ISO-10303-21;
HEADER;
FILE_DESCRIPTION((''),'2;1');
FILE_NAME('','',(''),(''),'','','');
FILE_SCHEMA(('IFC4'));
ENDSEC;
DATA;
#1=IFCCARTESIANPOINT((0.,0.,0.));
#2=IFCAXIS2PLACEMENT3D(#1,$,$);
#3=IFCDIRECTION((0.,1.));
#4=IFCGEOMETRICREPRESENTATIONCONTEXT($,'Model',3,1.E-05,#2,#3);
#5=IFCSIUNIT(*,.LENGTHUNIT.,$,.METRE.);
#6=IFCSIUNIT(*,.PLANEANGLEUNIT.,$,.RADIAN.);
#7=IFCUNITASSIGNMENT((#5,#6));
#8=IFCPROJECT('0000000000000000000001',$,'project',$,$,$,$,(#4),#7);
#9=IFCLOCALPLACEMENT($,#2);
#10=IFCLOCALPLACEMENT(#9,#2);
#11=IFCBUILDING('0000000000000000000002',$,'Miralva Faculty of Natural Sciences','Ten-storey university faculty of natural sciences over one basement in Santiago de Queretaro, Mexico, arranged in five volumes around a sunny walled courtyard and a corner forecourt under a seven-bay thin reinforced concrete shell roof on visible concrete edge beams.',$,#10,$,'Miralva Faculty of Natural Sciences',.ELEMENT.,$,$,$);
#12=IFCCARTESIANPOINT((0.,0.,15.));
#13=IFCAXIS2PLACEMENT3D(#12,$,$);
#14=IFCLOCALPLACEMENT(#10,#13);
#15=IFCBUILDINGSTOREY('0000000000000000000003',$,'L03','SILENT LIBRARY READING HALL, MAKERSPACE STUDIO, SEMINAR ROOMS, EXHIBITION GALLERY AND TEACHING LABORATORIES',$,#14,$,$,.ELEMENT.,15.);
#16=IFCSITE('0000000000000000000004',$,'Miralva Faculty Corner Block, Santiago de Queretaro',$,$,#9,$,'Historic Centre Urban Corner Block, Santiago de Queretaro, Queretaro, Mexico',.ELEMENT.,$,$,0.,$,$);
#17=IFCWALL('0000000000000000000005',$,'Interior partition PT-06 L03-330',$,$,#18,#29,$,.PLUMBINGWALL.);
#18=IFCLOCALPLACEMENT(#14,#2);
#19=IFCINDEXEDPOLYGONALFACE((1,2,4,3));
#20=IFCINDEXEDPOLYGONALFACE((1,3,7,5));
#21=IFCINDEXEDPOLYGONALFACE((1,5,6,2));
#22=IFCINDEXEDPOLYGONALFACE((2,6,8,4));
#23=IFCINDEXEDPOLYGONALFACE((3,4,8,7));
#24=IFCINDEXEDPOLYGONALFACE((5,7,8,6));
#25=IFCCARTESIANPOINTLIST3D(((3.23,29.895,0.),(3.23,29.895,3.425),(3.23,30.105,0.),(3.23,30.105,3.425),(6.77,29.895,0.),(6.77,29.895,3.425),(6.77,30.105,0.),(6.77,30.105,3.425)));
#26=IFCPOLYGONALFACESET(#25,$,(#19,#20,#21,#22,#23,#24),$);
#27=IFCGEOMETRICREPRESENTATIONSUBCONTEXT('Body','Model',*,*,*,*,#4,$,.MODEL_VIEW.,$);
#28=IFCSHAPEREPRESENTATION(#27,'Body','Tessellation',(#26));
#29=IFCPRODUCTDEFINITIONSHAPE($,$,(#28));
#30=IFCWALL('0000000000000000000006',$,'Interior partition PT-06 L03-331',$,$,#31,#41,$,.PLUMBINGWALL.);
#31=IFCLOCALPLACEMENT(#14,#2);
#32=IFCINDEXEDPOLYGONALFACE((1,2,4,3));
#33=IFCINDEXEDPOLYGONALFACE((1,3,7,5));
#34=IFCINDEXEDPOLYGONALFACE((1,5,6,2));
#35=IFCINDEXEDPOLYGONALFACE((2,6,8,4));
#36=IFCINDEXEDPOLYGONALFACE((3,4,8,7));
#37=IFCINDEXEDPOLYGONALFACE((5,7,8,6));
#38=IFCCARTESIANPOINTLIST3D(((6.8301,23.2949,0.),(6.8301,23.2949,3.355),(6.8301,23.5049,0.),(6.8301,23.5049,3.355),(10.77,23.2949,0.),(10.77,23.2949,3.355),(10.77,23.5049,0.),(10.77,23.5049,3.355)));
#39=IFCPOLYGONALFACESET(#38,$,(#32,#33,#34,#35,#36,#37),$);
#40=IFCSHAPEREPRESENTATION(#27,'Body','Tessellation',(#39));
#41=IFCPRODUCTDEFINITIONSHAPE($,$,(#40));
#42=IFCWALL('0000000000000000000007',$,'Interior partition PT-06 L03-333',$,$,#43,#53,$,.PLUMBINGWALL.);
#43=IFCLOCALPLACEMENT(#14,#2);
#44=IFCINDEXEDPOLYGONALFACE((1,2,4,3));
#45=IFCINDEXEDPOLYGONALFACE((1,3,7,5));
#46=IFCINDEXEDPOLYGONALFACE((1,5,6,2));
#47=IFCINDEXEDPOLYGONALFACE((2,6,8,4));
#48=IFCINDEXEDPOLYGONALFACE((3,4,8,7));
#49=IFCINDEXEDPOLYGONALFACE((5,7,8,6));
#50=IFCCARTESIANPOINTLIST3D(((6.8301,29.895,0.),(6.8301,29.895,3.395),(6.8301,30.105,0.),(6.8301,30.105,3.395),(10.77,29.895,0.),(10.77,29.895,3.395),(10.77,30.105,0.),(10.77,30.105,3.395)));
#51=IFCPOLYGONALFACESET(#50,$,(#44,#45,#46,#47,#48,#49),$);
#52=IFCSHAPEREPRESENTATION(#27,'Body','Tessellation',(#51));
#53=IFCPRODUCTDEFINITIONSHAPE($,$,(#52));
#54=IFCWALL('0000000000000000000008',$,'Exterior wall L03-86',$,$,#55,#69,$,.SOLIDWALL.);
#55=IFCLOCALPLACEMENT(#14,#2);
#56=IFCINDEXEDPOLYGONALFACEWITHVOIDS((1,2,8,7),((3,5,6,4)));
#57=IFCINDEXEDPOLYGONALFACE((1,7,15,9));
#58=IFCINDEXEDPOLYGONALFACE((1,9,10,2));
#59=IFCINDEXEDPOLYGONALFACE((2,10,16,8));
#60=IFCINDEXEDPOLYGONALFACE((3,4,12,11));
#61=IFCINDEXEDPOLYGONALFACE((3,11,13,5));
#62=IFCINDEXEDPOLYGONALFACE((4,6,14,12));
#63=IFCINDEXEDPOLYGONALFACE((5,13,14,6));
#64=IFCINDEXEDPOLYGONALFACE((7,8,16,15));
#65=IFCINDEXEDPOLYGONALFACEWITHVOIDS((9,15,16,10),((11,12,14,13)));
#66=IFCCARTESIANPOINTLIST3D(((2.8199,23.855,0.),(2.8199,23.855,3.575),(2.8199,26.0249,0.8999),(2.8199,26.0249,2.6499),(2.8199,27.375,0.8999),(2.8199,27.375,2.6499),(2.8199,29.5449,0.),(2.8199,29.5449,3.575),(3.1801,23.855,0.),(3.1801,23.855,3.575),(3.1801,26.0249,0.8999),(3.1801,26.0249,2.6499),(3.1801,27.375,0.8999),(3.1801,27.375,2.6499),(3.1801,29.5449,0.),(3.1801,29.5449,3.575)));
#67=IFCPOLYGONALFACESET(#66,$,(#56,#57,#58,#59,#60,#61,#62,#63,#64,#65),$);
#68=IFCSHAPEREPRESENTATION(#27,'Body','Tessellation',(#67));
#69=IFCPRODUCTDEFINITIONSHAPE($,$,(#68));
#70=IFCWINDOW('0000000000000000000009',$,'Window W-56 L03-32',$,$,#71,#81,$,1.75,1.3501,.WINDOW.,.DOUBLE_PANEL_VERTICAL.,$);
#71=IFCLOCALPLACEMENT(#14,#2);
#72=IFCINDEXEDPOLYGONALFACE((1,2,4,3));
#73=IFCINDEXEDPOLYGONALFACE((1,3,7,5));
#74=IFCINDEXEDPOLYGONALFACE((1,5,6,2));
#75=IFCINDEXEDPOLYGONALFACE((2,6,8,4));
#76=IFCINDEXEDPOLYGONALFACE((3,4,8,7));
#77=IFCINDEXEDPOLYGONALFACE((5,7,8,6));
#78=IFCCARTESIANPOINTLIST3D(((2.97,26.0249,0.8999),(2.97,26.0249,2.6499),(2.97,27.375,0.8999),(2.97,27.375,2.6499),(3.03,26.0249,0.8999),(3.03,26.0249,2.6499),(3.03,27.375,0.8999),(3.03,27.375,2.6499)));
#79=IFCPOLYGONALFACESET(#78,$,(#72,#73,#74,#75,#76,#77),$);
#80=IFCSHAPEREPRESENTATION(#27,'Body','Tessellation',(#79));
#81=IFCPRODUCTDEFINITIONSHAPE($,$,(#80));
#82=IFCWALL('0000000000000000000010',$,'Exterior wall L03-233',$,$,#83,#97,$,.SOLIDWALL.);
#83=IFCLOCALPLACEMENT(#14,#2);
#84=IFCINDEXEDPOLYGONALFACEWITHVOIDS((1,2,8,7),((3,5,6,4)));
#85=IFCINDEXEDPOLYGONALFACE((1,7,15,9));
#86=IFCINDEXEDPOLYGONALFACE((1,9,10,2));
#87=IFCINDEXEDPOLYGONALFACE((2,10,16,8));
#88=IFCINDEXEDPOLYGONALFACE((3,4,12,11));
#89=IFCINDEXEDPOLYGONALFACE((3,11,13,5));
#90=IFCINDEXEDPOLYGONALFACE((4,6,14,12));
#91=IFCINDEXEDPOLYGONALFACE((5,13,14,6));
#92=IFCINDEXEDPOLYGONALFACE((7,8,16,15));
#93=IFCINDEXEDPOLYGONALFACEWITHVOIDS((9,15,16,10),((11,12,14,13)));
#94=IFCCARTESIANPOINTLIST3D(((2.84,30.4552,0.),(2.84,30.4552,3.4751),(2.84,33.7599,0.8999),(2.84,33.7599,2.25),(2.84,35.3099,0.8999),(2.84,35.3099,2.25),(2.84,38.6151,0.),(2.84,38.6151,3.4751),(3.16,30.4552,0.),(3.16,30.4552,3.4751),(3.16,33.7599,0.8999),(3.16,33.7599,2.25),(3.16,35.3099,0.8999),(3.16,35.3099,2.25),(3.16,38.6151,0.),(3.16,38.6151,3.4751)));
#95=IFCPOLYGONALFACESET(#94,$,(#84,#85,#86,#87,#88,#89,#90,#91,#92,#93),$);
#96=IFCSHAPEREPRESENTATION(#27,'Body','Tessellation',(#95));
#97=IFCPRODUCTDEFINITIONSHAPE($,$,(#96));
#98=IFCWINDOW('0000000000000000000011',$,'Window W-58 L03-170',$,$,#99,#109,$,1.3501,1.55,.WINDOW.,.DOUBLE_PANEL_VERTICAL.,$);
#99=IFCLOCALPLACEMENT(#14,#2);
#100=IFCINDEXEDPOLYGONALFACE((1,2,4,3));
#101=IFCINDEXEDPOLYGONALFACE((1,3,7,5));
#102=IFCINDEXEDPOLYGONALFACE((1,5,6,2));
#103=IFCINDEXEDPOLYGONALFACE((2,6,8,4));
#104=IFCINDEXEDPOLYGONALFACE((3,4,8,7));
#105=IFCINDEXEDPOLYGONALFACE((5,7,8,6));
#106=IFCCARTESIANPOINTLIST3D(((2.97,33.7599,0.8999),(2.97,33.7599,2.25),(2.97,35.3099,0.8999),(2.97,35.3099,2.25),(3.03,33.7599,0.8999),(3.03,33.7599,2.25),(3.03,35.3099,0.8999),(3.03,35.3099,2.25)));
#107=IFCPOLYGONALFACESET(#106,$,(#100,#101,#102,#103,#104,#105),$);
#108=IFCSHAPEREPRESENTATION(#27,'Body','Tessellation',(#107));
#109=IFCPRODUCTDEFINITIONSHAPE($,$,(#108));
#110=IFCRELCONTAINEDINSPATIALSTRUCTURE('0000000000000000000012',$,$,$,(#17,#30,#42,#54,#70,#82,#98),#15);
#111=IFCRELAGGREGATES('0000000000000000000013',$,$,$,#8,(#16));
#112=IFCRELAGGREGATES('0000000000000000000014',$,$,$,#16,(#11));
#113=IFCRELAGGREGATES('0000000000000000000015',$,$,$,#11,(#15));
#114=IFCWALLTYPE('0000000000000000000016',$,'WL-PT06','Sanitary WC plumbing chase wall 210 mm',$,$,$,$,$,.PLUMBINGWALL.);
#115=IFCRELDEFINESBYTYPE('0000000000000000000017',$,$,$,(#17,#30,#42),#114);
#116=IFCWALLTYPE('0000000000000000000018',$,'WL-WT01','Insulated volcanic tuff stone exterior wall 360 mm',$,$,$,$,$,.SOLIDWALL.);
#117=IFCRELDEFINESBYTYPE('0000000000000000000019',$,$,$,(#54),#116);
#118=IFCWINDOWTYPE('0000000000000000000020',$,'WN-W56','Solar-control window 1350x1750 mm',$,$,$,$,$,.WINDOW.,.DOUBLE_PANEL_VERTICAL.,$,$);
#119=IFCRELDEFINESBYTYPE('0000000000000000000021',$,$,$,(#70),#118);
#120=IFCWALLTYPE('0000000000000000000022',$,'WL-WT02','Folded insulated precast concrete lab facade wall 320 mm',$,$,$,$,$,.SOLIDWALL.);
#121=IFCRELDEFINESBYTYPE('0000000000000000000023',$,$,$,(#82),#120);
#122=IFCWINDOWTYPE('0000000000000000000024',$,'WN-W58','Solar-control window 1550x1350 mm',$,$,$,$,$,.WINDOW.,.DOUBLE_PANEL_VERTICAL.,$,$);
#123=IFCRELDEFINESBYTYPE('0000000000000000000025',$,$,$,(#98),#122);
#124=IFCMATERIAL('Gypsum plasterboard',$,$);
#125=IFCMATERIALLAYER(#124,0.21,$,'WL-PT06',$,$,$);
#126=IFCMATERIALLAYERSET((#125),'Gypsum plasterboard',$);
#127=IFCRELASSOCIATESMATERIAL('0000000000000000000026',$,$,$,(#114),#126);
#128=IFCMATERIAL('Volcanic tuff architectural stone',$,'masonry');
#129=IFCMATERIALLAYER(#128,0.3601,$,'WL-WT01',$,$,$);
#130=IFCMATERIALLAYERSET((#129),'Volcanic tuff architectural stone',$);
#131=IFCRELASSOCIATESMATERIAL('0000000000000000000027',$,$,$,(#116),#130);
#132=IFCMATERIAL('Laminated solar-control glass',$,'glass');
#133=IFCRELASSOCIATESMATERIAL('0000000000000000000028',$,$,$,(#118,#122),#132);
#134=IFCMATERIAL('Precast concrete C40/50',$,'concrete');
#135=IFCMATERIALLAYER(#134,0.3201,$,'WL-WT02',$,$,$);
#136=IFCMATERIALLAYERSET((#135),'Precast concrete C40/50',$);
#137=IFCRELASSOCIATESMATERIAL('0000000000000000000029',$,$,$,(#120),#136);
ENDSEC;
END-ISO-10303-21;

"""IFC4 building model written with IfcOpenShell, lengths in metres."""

from ifc_helpers import new_model, si_unit, direction, frame, frame_2d, origin, place, context, subcontext, project, spatial, rectangle, extrude, material, layer, layer_set, type_object, element, fill, save


model = new_model("IFC4")

# Units and contexts
model_context = context("Model", 3, precision=1e-05, world=origin(), true_north=direction((0.0, 1.0)))
body_context = subcontext(model_context, "Body", "Model", "MODEL_VIEW")
ifc_project = project(units=[si_unit("LENGTHUNIT", "METRE"), si_unit("PLANEANGLEUNIT", "RADIAN")], contexts=[model_context])

# Site, building, storey
site_placement = place(None, origin())
site = spatial("IfcSite", under=ifc_project, at=site_placement, Name="Miralva Faculty Corner Block, Santiago de Queretaro", LongName="Historic Centre Urban Corner Block, Santiago de Queretaro, Queretaro, Mexico", CompositionType="ELEMENT", RefElevation=0.0)
building_placement = place(site_placement, origin())
building = spatial("IfcBuilding", under=site, at=building_placement, Name="Miralva Faculty of Natural Sciences", Description="Ten-storey university faculty of natural sciences over one basement in Santiago de Queretaro, Mexico, arranged in five volumes around a sunny walled courtyard and a corner forecourt under a seven-bay thin reinforced concrete shell roof on visible concrete edge beams.", LongName="Miralva Faculty of Natural Sciences", CompositionType="ELEMENT")
storey_placement = place(building_placement, frame((0.0, 0.0, 15.0)))
storey = spatial("IfcBuildingStorey", under=building, at=storey_placement, Name="L03", Description="SILENT LIBRARY READING HALL, MAKERSPACE STUDIO, SEMINAR ROOMS, EXHIBITION GALLERY AND TEACHING LABORATORIES", CompositionType="ELEMENT", Elevation=15.0)

# Shared definitions
ifc_material_1 = material(Name="Gypsum plasterboard")
ifc_layer_1 = layer(ifc_material_1, 0.21, Name="WL-PT06")
ifc_layer_set_1 = layer_set([ifc_layer_1], Name="Gypsum plasterboard")
wall_type_1 = type_object("IfcWallType", Name="WL-PT06", Description="Sanitary WC plumbing chase wall 210 mm", PredefinedType="PLUMBINGWALL", material=ifc_layer_set_1)

# Walls
wall_1_placement = place(storey_placement, frame((3.23, 30.0, 0.0), z_axis=(0.0, 0.0, 1.0), x_axis=(1.0, 0.0, 0.0)))
element("IfcWall", 1, at=wall_1_placement, inside=storey, type_object=wall_type_1, Name="Interior partition PT-06 L03-330", PredefinedType="PLUMBINGWALL", context=body_context, shape_type="SweptSolid", body=[
    extrude(rectangle(XDim=3.54, YDim=0.21, at=frame_2d((1.77, 0.0))), origin(), (0.0, 0.0, 1.0), 3.425),
])
wall_2_placement = place(storey_placement, frame((6.8301, 23.3999, 0.0), z_axis=(0.0, 0.0, 1.0), x_axis=(1.0, 0.0, 0.0)))
element("IfcWall", 2, at=wall_2_placement, inside=storey, type_object=wall_type_1, Name="Interior partition PT-06 L03-331", PredefinedType="PLUMBINGWALL", context=body_context, shape_type="SweptSolid", body=[
    extrude(rectangle(XDim=3.9399, YDim=0.21, at=frame_2d((1.97, 0.0))), origin(), (0.0, 0.0, 1.0), 3.355),
])
wall_3_placement = place(storey_placement, frame((6.8301, 30.0, 0.0), z_axis=(0.0, 0.0, 1.0), x_axis=(1.0, 0.0, 0.0)))
element("IfcWall", 3, at=wall_3_placement, inside=storey, type_object=wall_type_1, Name="Interior partition PT-06 L03-333", PredefinedType="PLUMBINGWALL", context=body_context, shape_type="SweptSolid", body=[
    extrude(rectangle(XDim=3.9399, YDim=0.21, at=frame_2d((1.97, 0.0))), origin(), (0.0, 0.0, 1.0), 3.395),
])

# Walls, openings, windows
ifc_material_2 = material(Name="Volcanic tuff architectural stone", Category="masonry")
ifc_layer_2 = layer(ifc_material_2, 0.3601, Name="WL-WT01")
ifc_layer_set_2 = layer_set([ifc_layer_2], Name="Volcanic tuff architectural stone")
wall_type_2 = type_object("IfcWallType", Name="WL-WT01", Description="Insulated volcanic tuff stone exterior wall 360 mm", PredefinedType="SOLIDWALL", material=ifc_layer_set_2)
wall_4_placement = place(storey_placement, frame((3.0, 23.855, 0.0), z_axis=(0.0, 0.0, 1.0), x_axis=(0.0, 1.0, 0.0)))
wall_4 = element("IfcWall", 4, at=wall_4_placement, inside=storey, type_object=wall_type_2, Name="Exterior wall L03-86", PredefinedType="SOLIDWALL", context=body_context, shape_type="SweptSolid", body=[
    extrude(rectangle(XDim=5.6899, YDim=0.3601, at=frame_2d((2.845, 0.0))), origin(), (0.0, 0.0, 1.0), 3.575),
])
opening_1_placement = place(wall_4_placement, frame((2.1699, 0.0, 0.8999)))
opening_1 = element("IfcOpeningElement", 5, at=opening_1_placement, cuts=wall_4, PredefinedType="OPENING", context=body_context, shape_type="SweptSolid", body=[
    extrude(rectangle(XDim=1.3501, YDim=1.75, at=frame_2d((0.675, 0.875))), frame((0.0, 0.1899, 0.0), z_axis=(0.0, -1.0, 0.0), x_axis=(1.0, 0.0, 0.0)), (0.0, 0.0, 1.0), 0.3801),
])
ifc_material_3 = material(Name="Laminated solar-control glass", Category="glass")
window_type_1 = type_object("IfcWindowType", Name="WN-W56", Description="Solar-control window 1350x1750 mm", PartitioningType="DOUBLE_PANEL_VERTICAL", PredefinedType="WINDOW", material=ifc_material_3)
window_1_placement = place(opening_1_placement, origin())
window_1 = element("IfcWindow", 6, at=window_1_placement, inside=storey, type_object=window_type_1, Name="Window W-56 L03-32", OverallHeight=1.75, OverallWidth=1.3501, PartitioningType="DOUBLE_PANEL_VERTICAL", PredefinedType="WINDOW", context=body_context, shape_type="SweptSolid", body=[
    extrude(rectangle(XDim=1.3501, YDim=1.75, at=frame_2d((0.675, 0.875))), frame((0.0, 0.03, 0.0), z_axis=(0.0, -1.0, 0.0), x_axis=(1.0, 0.0, 0.0)), (0.0, 0.0, 1.0), 0.0601),
])
fill(opening_1, window_1)
ifc_material_4 = material(Name="Precast concrete C40/50", Category="concrete")
ifc_layer_3 = layer(ifc_material_4, 0.3201, Name="WL-WT02")
ifc_layer_set_3 = layer_set([ifc_layer_3], Name="Precast concrete C40/50")
wall_type_3 = type_object("IfcWallType", Name="WL-WT02", Description="Folded insulated precast concrete lab facade wall 320 mm", PredefinedType="SOLIDWALL", material=ifc_layer_set_3)
wall_5_placement = place(storey_placement, frame((3.0, 30.4551, 0.0), z_axis=(0.0, 0.0, 1.0), x_axis=(0.0, 1.0, 0.0)))
wall_5 = element("IfcWall", 7, at=wall_5_placement, inside=storey, type_object=wall_type_3, Name="Exterior wall L03-233", PredefinedType="SOLIDWALL", context=body_context, shape_type="SweptSolid", body=[
    extrude(rectangle(XDim=8.1599, YDim=0.3201, at=frame_2d((4.0801, 0.0))), origin(), (0.0, 0.0, 1.0), 3.4751),
])
opening_2_placement = place(wall_5_placement, frame((3.3049, 0.0, 0.8999)))
opening_2 = element("IfcOpeningElement", 8, at=opening_2_placement, cuts=wall_5, PredefinedType="OPENING", context=body_context, shape_type="SweptSolid", body=[
    extrude(rectangle(XDim=1.55, YDim=1.3501, at=frame_2d((0.7749, 0.675))), frame((0.0, 0.1699, 0.0), z_axis=(0.0, -1.0, 0.0), x_axis=(1.0, 0.0, 0.0)), (0.0, 0.0, 1.0), 0.3401),
])
window_type_2 = type_object("IfcWindowType", Name="WN-W58", Description="Solar-control window 1550x1350 mm", PartitioningType="DOUBLE_PANEL_VERTICAL", PredefinedType="WINDOW", material=ifc_material_3)
window_2_placement = place(opening_2_placement, origin())
window_2 = element("IfcWindow", 9, at=window_2_placement, inside=storey, type_object=window_type_2, Name="Window W-58 L03-170", OverallHeight=1.3501, OverallWidth=1.55, PartitioningType="DOUBLE_PANEL_VERTICAL", PredefinedType="WINDOW", context=body_context, shape_type="SweptSolid", body=[
    extrude(rectangle(XDim=1.55, YDim=1.3501, at=frame_2d((0.7749, 0.675))), frame((0.0, 0.03, 0.0), z_axis=(0.0, -1.0, 0.0), x_axis=(1.0, 0.0, 0.0)), (0.0, 0.0, 1.0), 0.0601),
])
fill(opening_2, window_2)

save(model, "model.ifc")
